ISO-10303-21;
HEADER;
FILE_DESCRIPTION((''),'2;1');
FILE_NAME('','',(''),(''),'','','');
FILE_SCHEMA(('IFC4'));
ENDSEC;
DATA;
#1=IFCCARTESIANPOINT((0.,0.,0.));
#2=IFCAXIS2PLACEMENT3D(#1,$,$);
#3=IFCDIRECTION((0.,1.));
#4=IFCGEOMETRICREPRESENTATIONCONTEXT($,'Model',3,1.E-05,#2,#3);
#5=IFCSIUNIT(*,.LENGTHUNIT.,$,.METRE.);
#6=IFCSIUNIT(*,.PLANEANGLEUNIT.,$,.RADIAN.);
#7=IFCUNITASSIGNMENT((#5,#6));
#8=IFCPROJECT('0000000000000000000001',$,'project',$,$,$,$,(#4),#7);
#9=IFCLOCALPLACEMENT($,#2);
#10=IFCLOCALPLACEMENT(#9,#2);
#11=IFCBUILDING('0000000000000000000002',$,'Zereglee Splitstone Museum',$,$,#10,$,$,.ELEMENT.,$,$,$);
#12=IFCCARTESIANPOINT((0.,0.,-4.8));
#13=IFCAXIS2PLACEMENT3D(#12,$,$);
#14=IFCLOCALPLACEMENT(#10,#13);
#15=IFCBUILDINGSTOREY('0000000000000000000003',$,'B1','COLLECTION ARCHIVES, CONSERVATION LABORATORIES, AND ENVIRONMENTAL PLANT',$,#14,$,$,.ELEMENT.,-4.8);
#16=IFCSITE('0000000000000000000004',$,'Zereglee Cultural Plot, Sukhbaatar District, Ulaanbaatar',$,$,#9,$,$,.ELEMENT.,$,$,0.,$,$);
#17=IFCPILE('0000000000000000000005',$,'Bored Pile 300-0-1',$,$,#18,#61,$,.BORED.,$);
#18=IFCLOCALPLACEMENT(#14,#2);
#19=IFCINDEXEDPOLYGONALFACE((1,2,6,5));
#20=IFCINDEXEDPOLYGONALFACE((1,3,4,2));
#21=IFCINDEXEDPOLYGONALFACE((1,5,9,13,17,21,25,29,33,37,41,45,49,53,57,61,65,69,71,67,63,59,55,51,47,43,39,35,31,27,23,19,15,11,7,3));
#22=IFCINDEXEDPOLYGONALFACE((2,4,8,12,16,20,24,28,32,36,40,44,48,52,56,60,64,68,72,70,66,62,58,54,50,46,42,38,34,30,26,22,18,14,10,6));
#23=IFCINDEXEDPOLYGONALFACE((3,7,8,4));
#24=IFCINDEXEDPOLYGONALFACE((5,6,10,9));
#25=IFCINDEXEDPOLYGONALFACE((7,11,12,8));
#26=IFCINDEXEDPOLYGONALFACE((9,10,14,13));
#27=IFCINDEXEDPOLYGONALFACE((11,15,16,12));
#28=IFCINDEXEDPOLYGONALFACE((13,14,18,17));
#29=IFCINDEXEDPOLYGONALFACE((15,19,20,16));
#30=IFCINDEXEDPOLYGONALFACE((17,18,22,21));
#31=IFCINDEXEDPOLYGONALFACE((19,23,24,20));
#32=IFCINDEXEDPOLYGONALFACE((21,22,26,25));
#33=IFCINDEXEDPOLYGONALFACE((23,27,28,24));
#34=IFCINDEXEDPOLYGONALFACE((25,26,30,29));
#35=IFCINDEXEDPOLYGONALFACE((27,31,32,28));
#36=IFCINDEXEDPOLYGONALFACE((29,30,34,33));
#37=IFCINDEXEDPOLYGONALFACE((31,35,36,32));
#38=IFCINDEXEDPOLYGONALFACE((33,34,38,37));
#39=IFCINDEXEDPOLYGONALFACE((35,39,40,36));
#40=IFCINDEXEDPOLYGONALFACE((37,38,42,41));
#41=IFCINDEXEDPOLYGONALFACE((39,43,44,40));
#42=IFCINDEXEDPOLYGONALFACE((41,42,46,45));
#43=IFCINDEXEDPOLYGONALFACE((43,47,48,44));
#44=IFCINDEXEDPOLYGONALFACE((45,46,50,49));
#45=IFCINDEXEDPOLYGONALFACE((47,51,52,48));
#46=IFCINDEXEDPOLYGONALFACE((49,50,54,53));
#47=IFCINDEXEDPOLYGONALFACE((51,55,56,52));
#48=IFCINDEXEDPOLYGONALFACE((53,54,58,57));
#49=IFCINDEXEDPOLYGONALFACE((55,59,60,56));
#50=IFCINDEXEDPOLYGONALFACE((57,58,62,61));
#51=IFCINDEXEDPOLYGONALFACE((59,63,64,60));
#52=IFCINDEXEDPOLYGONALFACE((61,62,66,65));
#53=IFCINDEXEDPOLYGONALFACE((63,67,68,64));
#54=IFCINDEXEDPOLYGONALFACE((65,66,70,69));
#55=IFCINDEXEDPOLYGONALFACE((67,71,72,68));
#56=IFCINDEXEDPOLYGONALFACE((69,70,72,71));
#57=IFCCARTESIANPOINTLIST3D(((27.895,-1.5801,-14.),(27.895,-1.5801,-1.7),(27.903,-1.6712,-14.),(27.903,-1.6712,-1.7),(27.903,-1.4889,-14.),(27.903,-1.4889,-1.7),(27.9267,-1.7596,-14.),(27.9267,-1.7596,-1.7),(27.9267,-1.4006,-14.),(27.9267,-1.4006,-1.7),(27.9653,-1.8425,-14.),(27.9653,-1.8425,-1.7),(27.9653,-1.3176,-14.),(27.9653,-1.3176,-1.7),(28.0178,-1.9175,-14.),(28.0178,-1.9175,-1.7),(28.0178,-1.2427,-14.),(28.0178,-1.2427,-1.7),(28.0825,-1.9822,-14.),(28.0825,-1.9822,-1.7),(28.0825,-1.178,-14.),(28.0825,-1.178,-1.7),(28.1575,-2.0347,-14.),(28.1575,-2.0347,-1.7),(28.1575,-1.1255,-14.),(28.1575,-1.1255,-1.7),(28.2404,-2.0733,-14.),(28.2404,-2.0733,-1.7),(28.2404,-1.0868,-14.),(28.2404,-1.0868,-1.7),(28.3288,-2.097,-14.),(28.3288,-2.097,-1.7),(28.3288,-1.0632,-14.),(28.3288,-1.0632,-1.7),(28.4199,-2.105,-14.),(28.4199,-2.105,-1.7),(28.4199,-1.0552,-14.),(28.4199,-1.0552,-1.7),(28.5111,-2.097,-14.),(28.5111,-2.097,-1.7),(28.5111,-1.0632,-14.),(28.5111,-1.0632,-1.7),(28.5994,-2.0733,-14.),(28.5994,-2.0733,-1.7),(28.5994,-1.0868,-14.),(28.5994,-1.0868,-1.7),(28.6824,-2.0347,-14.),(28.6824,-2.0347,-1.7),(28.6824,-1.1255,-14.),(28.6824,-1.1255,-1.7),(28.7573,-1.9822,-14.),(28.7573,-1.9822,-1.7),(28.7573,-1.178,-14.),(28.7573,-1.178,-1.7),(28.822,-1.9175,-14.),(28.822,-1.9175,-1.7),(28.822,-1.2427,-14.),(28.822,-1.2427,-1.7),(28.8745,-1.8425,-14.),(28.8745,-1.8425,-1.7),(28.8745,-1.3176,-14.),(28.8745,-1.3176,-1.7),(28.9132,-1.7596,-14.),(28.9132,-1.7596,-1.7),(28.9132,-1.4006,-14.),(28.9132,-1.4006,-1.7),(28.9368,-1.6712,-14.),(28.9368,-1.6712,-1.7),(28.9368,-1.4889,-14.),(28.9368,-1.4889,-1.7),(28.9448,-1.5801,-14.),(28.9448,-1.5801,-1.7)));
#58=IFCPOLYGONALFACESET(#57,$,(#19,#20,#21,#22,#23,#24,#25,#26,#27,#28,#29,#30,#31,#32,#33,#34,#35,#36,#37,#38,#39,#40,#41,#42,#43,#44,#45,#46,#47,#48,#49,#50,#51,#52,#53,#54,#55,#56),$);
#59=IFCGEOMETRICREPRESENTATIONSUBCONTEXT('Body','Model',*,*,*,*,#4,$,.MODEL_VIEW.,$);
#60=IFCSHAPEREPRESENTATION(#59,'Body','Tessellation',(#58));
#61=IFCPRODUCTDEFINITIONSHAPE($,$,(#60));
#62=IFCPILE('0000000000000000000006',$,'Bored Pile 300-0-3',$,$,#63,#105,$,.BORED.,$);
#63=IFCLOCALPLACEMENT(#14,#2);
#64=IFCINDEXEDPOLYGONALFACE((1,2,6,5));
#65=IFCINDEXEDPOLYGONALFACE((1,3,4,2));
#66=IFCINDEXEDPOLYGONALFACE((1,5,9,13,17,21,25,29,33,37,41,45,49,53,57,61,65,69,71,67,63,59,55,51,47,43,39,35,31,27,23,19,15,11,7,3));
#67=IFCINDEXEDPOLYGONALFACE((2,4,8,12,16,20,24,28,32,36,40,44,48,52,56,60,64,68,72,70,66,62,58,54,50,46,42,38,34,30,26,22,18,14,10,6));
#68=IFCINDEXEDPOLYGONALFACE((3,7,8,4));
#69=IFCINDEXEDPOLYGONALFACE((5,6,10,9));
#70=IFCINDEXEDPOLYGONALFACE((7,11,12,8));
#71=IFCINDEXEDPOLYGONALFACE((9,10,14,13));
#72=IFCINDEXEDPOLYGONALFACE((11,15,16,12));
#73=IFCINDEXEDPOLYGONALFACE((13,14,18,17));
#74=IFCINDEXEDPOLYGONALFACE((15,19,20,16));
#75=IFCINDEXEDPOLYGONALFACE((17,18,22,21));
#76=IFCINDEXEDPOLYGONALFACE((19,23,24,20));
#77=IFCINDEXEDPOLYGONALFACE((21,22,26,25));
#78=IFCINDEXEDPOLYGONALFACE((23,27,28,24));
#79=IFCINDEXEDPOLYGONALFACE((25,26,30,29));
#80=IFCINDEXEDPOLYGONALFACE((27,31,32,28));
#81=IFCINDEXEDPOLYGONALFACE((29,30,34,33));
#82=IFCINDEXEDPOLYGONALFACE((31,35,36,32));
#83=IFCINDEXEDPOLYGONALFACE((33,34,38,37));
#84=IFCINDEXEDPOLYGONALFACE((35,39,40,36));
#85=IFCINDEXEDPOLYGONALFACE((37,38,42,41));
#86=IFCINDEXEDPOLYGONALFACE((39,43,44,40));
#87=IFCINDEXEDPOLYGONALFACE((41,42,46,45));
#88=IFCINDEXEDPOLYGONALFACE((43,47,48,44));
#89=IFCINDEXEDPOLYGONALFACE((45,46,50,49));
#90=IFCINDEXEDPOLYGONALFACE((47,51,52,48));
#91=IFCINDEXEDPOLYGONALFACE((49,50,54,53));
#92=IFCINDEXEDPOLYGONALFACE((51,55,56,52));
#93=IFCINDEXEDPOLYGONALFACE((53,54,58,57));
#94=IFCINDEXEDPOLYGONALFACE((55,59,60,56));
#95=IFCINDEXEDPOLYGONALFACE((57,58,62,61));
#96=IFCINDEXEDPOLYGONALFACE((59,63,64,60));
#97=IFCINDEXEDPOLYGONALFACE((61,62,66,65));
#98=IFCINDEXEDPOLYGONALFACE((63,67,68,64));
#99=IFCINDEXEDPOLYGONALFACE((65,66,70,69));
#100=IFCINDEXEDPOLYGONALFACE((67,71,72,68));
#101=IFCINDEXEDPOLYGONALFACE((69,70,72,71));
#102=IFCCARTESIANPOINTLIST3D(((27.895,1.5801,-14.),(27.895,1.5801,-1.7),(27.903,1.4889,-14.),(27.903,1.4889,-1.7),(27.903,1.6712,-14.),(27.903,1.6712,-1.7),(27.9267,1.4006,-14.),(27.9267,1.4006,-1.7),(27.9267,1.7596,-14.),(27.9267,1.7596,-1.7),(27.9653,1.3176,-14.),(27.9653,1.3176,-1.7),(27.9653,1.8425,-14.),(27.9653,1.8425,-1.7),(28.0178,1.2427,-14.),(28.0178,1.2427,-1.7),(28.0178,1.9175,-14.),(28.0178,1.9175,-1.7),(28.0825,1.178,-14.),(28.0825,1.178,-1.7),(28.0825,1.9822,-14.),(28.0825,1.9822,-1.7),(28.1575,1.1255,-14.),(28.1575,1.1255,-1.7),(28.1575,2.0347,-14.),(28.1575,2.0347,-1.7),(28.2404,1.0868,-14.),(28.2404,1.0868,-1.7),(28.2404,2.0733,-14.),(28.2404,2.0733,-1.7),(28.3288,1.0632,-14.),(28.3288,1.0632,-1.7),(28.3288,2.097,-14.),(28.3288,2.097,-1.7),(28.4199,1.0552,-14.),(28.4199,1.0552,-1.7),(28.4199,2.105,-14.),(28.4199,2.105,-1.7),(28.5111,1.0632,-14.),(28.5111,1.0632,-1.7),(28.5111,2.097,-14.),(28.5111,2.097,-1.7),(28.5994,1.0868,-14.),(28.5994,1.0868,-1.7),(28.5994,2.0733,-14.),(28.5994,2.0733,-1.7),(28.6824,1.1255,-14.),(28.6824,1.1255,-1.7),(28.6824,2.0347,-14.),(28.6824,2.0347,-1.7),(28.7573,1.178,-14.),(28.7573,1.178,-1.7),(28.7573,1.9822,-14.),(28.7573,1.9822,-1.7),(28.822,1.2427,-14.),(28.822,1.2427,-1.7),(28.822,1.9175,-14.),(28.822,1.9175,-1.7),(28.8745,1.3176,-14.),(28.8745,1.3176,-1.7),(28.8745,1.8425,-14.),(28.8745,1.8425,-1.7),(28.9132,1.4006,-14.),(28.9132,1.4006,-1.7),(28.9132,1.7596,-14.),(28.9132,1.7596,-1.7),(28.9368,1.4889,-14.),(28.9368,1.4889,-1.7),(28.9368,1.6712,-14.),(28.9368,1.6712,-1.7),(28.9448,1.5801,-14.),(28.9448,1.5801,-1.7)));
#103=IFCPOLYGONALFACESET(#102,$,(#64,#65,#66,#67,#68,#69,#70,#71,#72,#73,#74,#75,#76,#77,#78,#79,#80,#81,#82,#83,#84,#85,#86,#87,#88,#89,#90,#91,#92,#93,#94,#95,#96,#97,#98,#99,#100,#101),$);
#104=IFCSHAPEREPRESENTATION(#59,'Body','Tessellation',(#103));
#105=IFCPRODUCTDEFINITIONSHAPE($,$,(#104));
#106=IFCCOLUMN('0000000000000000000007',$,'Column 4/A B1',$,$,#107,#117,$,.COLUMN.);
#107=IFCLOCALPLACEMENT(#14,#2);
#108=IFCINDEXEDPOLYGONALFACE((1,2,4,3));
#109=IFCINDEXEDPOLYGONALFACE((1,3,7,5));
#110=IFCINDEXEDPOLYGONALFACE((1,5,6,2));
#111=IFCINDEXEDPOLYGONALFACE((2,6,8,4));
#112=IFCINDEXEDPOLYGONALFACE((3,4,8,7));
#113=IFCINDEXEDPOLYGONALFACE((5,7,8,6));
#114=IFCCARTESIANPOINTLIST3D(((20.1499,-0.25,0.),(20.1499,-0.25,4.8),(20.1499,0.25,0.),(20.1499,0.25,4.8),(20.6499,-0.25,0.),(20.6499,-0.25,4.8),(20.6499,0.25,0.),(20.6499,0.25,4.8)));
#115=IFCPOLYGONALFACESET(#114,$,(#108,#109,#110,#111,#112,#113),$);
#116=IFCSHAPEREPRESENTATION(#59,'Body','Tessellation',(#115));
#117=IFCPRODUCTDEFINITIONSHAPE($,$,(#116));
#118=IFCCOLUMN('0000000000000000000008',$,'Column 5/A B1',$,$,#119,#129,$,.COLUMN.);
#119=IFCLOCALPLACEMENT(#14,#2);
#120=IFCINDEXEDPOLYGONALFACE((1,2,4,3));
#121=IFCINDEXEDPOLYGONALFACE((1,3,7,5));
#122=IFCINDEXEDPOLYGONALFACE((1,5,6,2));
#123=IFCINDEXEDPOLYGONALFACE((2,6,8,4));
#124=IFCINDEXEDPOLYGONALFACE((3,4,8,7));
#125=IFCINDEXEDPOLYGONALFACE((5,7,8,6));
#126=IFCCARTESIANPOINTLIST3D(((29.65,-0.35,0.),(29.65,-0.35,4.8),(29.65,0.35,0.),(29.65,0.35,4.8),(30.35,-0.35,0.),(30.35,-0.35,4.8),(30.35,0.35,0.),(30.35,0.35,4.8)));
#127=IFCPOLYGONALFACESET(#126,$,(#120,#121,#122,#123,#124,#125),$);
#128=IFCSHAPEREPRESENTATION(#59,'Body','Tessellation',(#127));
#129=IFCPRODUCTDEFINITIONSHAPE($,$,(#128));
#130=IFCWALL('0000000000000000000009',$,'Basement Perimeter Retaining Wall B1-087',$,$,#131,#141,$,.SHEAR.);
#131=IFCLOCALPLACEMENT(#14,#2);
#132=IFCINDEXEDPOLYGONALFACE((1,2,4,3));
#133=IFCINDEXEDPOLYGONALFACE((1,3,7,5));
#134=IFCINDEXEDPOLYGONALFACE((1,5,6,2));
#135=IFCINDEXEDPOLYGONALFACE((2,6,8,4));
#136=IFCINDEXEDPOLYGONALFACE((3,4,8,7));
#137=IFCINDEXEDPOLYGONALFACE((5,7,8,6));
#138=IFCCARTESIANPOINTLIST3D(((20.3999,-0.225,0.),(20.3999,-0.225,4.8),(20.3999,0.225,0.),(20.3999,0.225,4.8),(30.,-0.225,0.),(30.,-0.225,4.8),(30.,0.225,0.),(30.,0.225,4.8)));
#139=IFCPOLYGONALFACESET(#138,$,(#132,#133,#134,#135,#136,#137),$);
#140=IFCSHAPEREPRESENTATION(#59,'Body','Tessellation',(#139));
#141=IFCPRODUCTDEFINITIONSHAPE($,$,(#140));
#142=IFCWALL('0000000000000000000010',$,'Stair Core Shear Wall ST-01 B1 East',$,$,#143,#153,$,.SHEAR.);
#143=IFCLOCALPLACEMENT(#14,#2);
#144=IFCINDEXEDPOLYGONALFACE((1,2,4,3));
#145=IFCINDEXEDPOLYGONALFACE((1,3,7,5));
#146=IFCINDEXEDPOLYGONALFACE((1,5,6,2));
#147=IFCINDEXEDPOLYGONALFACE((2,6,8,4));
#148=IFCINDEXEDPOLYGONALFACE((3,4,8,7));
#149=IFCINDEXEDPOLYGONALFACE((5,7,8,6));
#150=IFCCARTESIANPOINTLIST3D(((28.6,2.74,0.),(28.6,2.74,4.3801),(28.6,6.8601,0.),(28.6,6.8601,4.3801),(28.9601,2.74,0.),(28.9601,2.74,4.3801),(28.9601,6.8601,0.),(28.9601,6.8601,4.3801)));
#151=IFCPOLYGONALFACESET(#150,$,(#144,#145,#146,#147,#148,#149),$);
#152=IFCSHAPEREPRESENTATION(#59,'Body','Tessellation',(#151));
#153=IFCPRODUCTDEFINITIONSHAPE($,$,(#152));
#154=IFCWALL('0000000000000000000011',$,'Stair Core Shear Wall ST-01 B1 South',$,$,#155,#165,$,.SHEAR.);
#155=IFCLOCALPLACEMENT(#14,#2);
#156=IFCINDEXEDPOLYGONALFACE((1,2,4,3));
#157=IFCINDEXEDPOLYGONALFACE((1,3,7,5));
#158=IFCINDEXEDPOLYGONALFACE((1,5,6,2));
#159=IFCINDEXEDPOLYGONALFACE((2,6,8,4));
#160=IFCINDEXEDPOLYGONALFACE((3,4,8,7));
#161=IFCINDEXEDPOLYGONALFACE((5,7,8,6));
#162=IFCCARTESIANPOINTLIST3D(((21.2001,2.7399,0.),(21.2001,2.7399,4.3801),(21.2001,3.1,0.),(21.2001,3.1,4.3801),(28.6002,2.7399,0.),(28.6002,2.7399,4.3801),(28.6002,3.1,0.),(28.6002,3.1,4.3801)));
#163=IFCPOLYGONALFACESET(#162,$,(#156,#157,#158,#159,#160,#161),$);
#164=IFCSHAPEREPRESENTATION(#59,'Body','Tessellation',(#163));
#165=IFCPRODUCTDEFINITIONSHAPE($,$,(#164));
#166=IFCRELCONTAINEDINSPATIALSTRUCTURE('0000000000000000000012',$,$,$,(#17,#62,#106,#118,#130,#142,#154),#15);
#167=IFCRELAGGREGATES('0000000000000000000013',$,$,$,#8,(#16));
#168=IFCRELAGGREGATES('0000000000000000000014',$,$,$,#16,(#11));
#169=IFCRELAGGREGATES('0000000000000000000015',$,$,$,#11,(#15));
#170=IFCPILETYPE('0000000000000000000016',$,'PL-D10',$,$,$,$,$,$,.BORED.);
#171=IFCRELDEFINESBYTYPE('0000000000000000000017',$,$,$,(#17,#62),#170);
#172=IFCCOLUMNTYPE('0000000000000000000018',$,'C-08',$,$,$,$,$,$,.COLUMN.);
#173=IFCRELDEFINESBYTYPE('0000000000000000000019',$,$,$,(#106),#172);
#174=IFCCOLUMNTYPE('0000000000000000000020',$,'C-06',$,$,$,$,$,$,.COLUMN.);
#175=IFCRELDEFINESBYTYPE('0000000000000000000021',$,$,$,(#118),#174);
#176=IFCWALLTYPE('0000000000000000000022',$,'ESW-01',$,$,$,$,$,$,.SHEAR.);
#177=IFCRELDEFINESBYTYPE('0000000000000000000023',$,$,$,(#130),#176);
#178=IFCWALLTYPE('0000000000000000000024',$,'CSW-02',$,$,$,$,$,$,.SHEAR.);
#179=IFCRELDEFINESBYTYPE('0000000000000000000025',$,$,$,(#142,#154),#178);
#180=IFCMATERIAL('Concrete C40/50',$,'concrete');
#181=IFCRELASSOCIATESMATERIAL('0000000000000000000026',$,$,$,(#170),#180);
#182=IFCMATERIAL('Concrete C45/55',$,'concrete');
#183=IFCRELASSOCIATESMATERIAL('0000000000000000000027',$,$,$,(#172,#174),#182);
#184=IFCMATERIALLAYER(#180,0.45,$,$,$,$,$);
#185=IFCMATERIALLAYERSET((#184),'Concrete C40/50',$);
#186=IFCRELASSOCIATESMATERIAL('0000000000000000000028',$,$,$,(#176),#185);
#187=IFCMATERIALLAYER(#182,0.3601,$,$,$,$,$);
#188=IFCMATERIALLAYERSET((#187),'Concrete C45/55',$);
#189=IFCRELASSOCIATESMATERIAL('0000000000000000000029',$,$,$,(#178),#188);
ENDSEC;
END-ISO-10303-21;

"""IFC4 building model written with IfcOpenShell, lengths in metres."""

from ifc_helpers import new_model, si_unit, direction, frame, frame_2d, origin, origin_2d, place, context, subcontext, project, spatial, rectangle, circle, extrude, material, layer, layer_set, material_profile, profile_set, type_object, element, save


model = new_model("IFC4")

# Units and contexts
model_context = context("Model", 3, precision=1e-05, world=origin(), true_north=direction((0.0, 1.0)))
body_context = subcontext(model_context, "Body", "Model", "MODEL_VIEW")
ifc_project = project(units=[si_unit("LENGTHUNIT", "METRE"), si_unit("PLANEANGLEUNIT", "RADIAN")], contexts=[model_context])

# Site, building, storey
site_placement = place(None, origin())
site = spatial("IfcSite", under=ifc_project, at=site_placement, Name="Zereglee Cultural Plot, Sukhbaatar District, Ulaanbaatar", CompositionType="ELEMENT", RefElevation=0.0)
building_placement = place(site_placement, origin())
building = spatial("IfcBuilding", under=site, at=building_placement, Name="Zereglee Splitstone Museum", CompositionType="ELEMENT")
storey_placement = place(building_placement, frame((0.0, 0.0, -4.8)))
storey = spatial("IfcBuildingStorey", under=building, at=storey_placement, Name="B1", Description="COLLECTION ARCHIVES, CONSERVATION LABORATORIES, AND ENVIRONMENTAL PLANT", CompositionType="ELEMENT", Elevation=-4.8)

# Shared definitions
ifc_material_1 = material(Name="Concrete C40/50", Category="concrete")

# Piles
ifc_material_profile_1 = material_profile(ifc_material_1, circle(Radius=0.5249, at=origin_2d()), Name="PILE D1050")
ifc_profile_set_1 = profile_set([ifc_material_profile_1], Name="Concrete C40/50")
pile_type = type_object("IfcPileType", Name="PL-D10", PredefinedType="BORED", material=ifc_profile_set_1)
for number, where, z_axis, x_axis, name in (
    (1, (28.4199, -1.5801, -1.7), (0.0, 0.0, -1.0), (1.0, 0.0, 0.0), "Bored Pile 300-0-1"),
    (2, (28.4199, 1.5801, -1.7), (0.0, 0.0, -1.0), (1.0, 0.0, 0.0), "Bored Pile 300-0-3"),
):
    element("IfcPile", number, at=place(storey_placement, frame(where, z_axis=z_axis, x_axis=x_axis)), inside=storey, type_object=pile_type, Name=name, PredefinedType="BORED", context=body_context, shape_type="SweptSolid", body=[
        extrude(circle(Radius=0.5249, at=origin_2d()), origin(), (0.0, 0.0, 1.0), 12.3),
    ])

# Columns
ifc_material_2 = material(Name="Concrete C45/55", Category="concrete")
ifc_material_profile_2 = material_profile(ifc_material_2, rectangle(XDim=0.5, YDim=0.5, at=origin_2d()), Name="RC 500x500")
ifc_profile_set_2 = profile_set([ifc_material_profile_2], Name="Concrete C45/55")
column_type_1 = type_object("IfcColumnType", Name="C-08", PredefinedType="COLUMN", material=ifc_profile_set_2)
column_1_placement = place(storey_placement, frame((20.3999, 0.0, 0.0), z_axis=(0.0, 0.0, 1.0), x_axis=(1.0, 0.0, 0.0)))
element("IfcColumn", 3, at=column_1_placement, inside=storey, type_object=column_type_1, Name="Column 4/A B1", PredefinedType="COLUMN", context=body_context, shape_type="SweptSolid", body=[
    extrude(rectangle(XDim=0.5, YDim=0.5, at=origin_2d()), origin(), (0.0, 0.0, 1.0), 4.8),
])
ifc_material_profile_3 = material_profile(ifc_material_2, rectangle(XDim=0.7, YDim=0.7, at=origin_2d()), Name="RC 700x700")
ifc_profile_set_3 = profile_set([ifc_material_profile_3], Name="Concrete C45/55")
column_type_2 = type_object("IfcColumnType", Name="C-06", PredefinedType="COLUMN", material=ifc_profile_set_3)
column_2_placement = place(storey_placement, frame((30.0, 0.0, 0.0), z_axis=(0.0, 0.0, 1.0), x_axis=(1.0, 0.0, 0.0)))
element("IfcColumn", 4, at=column_2_placement, inside=storey, type_object=column_type_2, Name="Column 5/A B1", PredefinedType="COLUMN", context=body_context, shape_type="SweptSolid", body=[
    extrude(rectangle(XDim=0.7, YDim=0.7, at=origin_2d()), origin(), (0.0, 0.0, 1.0), 4.8),
])

# Wall
ifc_layer_1 = layer(ifc_material_1, 0.45)
ifc_layer_set_1 = layer_set([ifc_layer_1], Name="Concrete C40/50")
wall_type_1 = type_object("IfcWallType", Name="ESW-01", PredefinedType="SHEAR", material=ifc_layer_set_1)
wall_1_placement = place(storey_placement, frame((20.3999, 0.0, 0.0), z_axis=(0.0, 0.0, 1.0), x_axis=(1.0, 0.0, 0.0)))
element("IfcWall", 5, at=wall_1_placement, inside=storey, type_object=wall_type_1, Name="Basement Perimeter Retaining Wall B1-087", PredefinedType="SHEAR", context=body_context, shape_type="SweptSolid", body=[
    extrude(rectangle(XDim=9.6001, YDim=0.45, at=frame_2d((4.8, 0.0))), origin(), (0.0, 0.0, 1.0), 4.8),
])

# Shared definitions
ifc_layer_2 = layer(ifc_material_2, 0.3601)
ifc_layer_set_2 = layer_set([ifc_layer_2], Name="Concrete C45/55")
wall_type_2 = type_object("IfcWallType", Name="CSW-02", PredefinedType="SHEAR", material=ifc_layer_set_2)

# Walls
wall_2_placement = place(storey_placement, frame((28.78, 2.74, 0.0), z_axis=(0.0, 0.0, 1.0), x_axis=(0.0, 1.0, 0.0)))
element("IfcWall", 6, at=wall_2_placement, inside=storey, type_object=wall_type_2, Name="Stair Core Shear Wall ST-01 B1 East", PredefinedType="SHEAR", context=body_context, shape_type="SweptSolid", body=[
    extrude(rectangle(XDim=4.1201, YDim=0.3601, at=frame_2d((2.0601, 0.0))), origin(), (0.0, 0.0, 1.0), 4.3801),
])
wall_3_placement = place(storey_placement, frame((21.2, 2.9199, 0.0), z_axis=(0.0, 0.0, 1.0), x_axis=(1.0, 0.0, 0.0)))
element("IfcWall", 7, at=wall_3_placement, inside=storey, type_object=wall_type_2, Name="Stair Core Shear Wall ST-01 B1 South", PredefinedType="SHEAR", context=body_context, shape_type="SweptSolid", body=[
    extrude(rectangle(XDim=7.4001, YDim=0.3601, at=frame_2d((3.7002, 0.0))), origin(), (0.0, 0.0, 1.0), 4.3801),
])

save(model, "model.ifc")
